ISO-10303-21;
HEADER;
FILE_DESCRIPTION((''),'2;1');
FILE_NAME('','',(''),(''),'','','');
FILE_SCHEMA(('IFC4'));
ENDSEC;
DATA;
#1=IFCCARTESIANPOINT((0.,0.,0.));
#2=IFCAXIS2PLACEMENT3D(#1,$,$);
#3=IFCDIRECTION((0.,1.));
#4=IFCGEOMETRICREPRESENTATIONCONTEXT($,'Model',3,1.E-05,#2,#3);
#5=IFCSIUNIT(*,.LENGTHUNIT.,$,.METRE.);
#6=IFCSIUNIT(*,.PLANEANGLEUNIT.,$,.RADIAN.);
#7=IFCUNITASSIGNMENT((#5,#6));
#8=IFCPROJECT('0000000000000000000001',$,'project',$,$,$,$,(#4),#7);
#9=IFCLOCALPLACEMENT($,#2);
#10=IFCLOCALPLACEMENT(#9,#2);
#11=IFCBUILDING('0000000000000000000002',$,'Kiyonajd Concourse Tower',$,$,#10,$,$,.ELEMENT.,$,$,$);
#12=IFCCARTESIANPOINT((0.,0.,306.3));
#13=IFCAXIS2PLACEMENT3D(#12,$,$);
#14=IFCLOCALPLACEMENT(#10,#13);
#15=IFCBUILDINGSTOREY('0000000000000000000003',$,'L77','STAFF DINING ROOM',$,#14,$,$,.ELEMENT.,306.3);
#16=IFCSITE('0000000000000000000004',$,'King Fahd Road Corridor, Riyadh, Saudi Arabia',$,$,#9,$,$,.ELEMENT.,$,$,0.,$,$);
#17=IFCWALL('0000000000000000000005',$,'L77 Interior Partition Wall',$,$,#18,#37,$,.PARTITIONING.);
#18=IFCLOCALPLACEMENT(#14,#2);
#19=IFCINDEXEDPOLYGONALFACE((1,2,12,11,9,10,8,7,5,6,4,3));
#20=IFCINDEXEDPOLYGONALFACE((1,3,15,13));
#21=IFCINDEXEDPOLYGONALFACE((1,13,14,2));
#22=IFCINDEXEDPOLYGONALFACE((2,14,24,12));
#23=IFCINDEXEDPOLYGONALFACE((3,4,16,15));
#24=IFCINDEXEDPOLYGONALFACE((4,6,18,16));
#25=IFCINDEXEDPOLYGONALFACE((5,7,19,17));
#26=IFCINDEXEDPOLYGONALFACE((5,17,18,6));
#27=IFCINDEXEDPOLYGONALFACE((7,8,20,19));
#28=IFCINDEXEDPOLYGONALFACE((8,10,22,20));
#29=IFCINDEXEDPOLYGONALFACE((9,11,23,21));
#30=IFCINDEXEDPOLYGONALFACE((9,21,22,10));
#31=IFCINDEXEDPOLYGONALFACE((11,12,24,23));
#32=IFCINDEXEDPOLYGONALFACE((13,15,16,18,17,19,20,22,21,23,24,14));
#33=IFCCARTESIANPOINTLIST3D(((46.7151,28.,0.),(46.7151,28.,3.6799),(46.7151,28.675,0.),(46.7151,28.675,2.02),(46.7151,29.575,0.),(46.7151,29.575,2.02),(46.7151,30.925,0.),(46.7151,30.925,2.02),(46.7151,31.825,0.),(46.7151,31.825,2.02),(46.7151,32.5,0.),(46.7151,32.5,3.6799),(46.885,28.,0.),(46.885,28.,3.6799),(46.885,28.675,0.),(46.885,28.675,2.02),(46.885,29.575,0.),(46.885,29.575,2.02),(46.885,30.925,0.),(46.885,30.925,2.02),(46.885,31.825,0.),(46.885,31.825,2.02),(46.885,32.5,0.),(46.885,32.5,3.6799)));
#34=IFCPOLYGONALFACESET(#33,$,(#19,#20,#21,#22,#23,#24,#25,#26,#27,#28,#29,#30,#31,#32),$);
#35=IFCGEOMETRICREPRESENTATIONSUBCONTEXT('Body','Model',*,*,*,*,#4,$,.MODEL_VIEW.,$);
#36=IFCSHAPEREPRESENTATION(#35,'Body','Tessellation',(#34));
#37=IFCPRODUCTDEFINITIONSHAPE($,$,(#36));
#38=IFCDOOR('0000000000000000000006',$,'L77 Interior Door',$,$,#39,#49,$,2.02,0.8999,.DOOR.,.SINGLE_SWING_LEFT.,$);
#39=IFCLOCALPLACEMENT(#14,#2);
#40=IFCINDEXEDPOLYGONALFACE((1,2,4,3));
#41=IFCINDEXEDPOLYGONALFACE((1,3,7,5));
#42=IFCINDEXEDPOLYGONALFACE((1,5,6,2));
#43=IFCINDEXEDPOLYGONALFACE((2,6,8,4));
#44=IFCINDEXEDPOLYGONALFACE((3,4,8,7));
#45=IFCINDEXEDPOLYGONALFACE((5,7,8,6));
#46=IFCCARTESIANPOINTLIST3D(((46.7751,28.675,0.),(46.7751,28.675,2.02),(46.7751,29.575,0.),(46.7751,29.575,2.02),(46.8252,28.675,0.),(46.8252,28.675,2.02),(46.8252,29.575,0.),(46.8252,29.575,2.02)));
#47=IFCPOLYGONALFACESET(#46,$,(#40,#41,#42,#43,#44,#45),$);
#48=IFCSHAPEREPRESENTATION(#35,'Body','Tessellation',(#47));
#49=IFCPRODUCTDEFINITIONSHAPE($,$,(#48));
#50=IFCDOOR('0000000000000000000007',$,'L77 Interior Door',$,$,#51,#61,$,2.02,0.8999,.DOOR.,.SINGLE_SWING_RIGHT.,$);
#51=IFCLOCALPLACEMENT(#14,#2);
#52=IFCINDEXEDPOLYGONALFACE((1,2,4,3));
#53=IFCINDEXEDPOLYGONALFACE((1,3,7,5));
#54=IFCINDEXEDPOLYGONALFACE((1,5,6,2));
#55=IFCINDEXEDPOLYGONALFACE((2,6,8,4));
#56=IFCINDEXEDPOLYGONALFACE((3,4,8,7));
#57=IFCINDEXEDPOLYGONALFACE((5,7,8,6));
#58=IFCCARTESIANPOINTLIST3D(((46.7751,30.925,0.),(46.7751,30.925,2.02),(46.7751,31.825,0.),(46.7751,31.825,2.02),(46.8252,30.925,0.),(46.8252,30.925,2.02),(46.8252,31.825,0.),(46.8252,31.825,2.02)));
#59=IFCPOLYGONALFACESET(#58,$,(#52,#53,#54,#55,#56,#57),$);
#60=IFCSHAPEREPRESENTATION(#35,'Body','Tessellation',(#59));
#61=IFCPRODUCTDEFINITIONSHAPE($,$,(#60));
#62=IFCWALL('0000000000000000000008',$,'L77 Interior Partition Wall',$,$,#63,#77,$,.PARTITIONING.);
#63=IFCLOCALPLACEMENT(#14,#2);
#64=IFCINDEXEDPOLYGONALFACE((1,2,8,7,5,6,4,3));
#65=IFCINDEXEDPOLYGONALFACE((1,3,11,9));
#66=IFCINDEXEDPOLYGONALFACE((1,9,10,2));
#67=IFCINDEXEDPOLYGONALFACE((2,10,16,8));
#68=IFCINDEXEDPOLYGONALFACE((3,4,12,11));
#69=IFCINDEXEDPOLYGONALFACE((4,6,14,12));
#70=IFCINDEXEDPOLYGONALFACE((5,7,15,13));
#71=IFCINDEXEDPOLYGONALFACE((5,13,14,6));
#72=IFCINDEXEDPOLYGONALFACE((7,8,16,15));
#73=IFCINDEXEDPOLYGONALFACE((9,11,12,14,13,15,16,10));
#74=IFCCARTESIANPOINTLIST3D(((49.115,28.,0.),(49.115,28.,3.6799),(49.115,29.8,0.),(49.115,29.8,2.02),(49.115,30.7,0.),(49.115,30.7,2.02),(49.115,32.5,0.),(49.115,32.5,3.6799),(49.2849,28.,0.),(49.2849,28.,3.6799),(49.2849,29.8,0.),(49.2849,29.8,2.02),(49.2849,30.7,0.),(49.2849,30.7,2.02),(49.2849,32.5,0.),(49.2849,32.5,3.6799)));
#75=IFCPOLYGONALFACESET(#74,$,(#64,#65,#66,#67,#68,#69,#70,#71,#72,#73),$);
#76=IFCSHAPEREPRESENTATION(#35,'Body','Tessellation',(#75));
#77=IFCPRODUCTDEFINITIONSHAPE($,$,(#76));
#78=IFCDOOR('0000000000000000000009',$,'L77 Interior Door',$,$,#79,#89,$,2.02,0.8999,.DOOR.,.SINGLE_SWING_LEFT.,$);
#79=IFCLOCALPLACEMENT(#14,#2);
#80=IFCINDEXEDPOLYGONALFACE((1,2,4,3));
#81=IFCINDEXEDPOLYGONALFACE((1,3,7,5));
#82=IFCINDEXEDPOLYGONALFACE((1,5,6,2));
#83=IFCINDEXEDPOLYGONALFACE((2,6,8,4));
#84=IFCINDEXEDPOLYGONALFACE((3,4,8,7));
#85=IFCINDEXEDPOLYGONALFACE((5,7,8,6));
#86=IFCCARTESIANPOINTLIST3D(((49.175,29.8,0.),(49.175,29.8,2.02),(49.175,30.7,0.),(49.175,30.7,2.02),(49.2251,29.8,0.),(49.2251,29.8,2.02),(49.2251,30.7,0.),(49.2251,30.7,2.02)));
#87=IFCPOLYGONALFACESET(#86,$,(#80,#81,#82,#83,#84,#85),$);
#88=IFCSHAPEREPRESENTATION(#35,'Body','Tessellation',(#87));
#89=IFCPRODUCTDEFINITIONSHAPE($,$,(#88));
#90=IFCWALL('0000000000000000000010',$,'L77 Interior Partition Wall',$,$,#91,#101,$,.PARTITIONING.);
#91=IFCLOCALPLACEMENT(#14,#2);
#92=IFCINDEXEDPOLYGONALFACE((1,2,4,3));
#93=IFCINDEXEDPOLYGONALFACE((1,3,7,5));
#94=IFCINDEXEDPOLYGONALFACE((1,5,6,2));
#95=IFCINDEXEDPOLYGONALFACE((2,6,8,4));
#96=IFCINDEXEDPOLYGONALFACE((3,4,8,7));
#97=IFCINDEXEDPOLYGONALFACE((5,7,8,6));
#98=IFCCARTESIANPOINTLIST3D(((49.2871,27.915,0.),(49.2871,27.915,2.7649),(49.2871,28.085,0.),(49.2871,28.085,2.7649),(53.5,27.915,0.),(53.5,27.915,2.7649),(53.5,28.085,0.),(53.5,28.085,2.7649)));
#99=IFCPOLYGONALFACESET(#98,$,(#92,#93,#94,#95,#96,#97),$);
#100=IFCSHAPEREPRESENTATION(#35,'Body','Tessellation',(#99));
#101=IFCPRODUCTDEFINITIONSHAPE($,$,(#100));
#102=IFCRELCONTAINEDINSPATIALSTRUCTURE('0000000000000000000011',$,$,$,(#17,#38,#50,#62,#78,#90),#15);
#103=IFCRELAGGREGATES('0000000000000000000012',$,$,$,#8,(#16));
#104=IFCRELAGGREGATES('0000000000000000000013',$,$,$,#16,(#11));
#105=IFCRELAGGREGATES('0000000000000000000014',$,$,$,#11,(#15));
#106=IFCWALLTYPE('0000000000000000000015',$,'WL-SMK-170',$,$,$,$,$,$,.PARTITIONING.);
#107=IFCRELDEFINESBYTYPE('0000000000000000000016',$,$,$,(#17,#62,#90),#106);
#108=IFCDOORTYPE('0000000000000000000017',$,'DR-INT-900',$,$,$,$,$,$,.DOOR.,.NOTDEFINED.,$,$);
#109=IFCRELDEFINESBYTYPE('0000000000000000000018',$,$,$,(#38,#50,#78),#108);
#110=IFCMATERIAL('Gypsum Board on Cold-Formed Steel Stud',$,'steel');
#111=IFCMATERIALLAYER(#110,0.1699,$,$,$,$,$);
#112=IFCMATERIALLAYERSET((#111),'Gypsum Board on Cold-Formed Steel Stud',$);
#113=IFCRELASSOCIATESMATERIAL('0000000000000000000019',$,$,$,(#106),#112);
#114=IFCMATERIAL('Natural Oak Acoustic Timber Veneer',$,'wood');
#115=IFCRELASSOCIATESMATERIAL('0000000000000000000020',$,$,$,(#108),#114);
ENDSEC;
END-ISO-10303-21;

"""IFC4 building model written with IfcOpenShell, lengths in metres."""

from ifc_helpers import new_model, si_unit, direction, frame, frame_2d, origin, place, context, subcontext, project, spatial, rectangle, extrude, material, layer, layer_set, type_object, element, fill, save


model = new_model("IFC4")

# Units and contexts
model_context = context("Model", 3, precision=1e-05, world=origin(), true_north=direction((0.0, 1.0)))
body_context = subcontext(model_context, "Body", "Model", "MODEL_VIEW")
ifc_project = project(units=[si_unit("LENGTHUNIT", "METRE"), si_unit("PLANEANGLEUNIT", "RADIAN")], contexts=[model_context])

# Site, building, storey
site_placement = place(None, origin())
site = spatial("IfcSite", under=ifc_project, at=site_placement, Name="King Fahd Road Corridor, Riyadh, Saudi Arabia", CompositionType="ELEMENT", RefElevation=0.0)
building_placement = place(site_placement, origin())
building = spatial("IfcBuilding", under=site, at=building_placement, Name="Kiyonajd Concourse Tower", CompositionType="ELEMENT")
storey_placement = place(building_placement, frame((0.0, 0.0, 306.3)))
storey = spatial("IfcBuildingStorey", under=building, at=storey_placement, Name="L77", Description="STAFF DINING ROOM", CompositionType="ELEMENT", Elevation=306.3)

# Shared definitions
ifc_material_1 = material(Name="Gypsum Board on Cold-Formed Steel Stud", Category="steel")
ifc_layer = layer(ifc_material_1, 0.1699)
ifc_layer_set = layer_set([ifc_layer], Name="Gypsum Board on Cold-Formed Steel Stud")
wall_type = type_object("IfcWallType", Name="WL-SMK-170", PredefinedType="PARTITIONING", material=ifc_layer_set)
ifc_material_2 = material(Name="Natural Oak Acoustic Timber Veneer", Category="wood")
door_type = type_object("IfcDoorType", Name="DR-INT-900", OperationType="NOTDEFINED", PredefinedType="DOOR", material=ifc_material_2)

# Wall, openings, doors
wall_1_placement = place(storey_placement, frame((46.8, 28.0, 0.0), z_axis=(0.0, 0.0, 1.0), x_axis=(0.0, 1.0, 0.0)))
wall_1 = element("IfcWall", 1, at=wall_1_placement, inside=storey, type_object=wall_type, Name="L77 Interior Partition Wall", PredefinedType="PARTITIONING", context=body_context, shape_type="SweptSolid", body=[
    extrude(rectangle(XDim=4.5, YDim=0.1699, at=frame_2d((2.25, 0.0))), origin(), (0.0, 0.0, 1.0), 3.6799),
])
opening_1_placement = place(wall_1_placement, frame((0.675, 0.0, 0.0)))
opening_1 = element("IfcOpeningElement", 2, at=opening_1_placement, cuts=wall_1, PredefinedType="OPENING", context=body_context, shape_type="SweptSolid", body=[
    extrude(rectangle(XDim=0.8999, YDim=2.02, at=frame_2d((0.45, 1.01))), frame((0.0, 0.095, 0.0), z_axis=(0.0, -1.0, 0.0), x_axis=(1.0, 0.0, 0.0)), (0.0, 0.0, 1.0), 0.1899),
])
opening_2_placement = place(wall_1_placement, frame((2.925, 0.0, 0.0)))
opening_2 = element("IfcOpeningElement", 3, at=opening_2_placement, cuts=wall_1, PredefinedType="OPENING", context=body_context, shape_type="SweptSolid", body=[
    extrude(rectangle(XDim=0.8999, YDim=2.02, at=frame_2d((0.45, 1.01))), frame((0.0, 0.095, 0.0), z_axis=(0.0, -1.0, 0.0), x_axis=(1.0, 0.0, 0.0)), (0.0, 0.0, 1.0), 0.1899),
])
door_1_placement = place(opening_1_placement, origin())
door_1 = element("IfcDoor", 4, at=door_1_placement, inside=storey, type_object=door_type, Name="L77 Interior Door", OperationType="SINGLE_SWING_LEFT", OverallHeight=2.02, OverallWidth=0.8999, PredefinedType="DOOR", context=body_context, shape_type="SweptSolid", body=[
    extrude(rectangle(XDim=0.8999, YDim=2.02, at=frame_2d((0.45, 1.01))), frame((0.0, 0.0249, 0.0), z_axis=(0.0, -1.0, 0.0), x_axis=(1.0, 0.0, 0.0)), (0.0, 0.0, 1.0), 0.05),
])
fill(opening_1, door_1)
door_2_placement = place(opening_2_placement, origin())
door_2 = element("IfcDoor", 5, at=door_2_placement, inside=storey, type_object=door_type, Name="L77 Interior Door", OperationType="SINGLE_SWING_RIGHT", OverallHeight=2.02, OverallWidth=0.8999, PredefinedType="DOOR", context=body_context, shape_type="SweptSolid", body=[
    extrude(rectangle(XDim=0.8999, YDim=2.02, at=frame_2d((0.45, 1.01))), frame((0.0, 0.0249, 0.0), z_axis=(0.0, -1.0, 0.0), x_axis=(1.0, 0.0, 0.0)), (0.0, 0.0, 1.0), 0.05),
])
fill(opening_2, door_2)

# Wall, opening, door
wall_2_placement = place(storey_placement, frame((49.2, 28.0, 0.0), z_axis=(0.0, 0.0, 1.0), x_axis=(0.0, 1.0, 0.0)))
wall_2 = element("IfcWall", 6, at=wall_2_placement, inside=storey, type_object=wall_type, Name="L77 Interior Partition Wall", PredefinedType="PARTITIONING", context=body_context, shape_type="SweptSolid", body=[
    extrude(rectangle(XDim=4.5, YDim=0.1699, at=frame_2d((2.25, 0.0))), origin(), (0.0, 0.0, 1.0), 3.6799),
])
opening_3_placement = place(wall_2_placement, frame((1.8, 0.0, 0.0)))
opening_3 = element("IfcOpeningElement", 7, at=opening_3_placement, cuts=wall_2, PredefinedType="OPENING", context=body_context, shape_type="SweptSolid", body=[
    extrude(rectangle(XDim=0.8999, YDim=2.02, at=frame_2d((0.45, 1.01))), frame((0.0, 0.095, 0.0), z_axis=(0.0, -1.0, 0.0), x_axis=(1.0, 0.0, 0.0)), (0.0, 0.0, 1.0), 0.1899),
])
door_3_placement = place(opening_3_placement, origin())
door_3 = element("IfcDoor", 8, at=door_3_placement, inside=storey, type_object=door_type, Name="L77 Interior Door", OperationType="SINGLE_SWING_LEFT", OverallHeight=2.02, OverallWidth=0.8999, PredefinedType="DOOR", context=body_context, shape_type="SweptSolid", body=[
    extrude(rectangle(XDim=0.8999, YDim=2.02, at=frame_2d((0.45, 1.01))), frame((0.0, 0.0249, 0.0), z_axis=(0.0, -1.0, 0.0), x_axis=(1.0, 0.0, 0.0)), (0.0, 0.0, 1.0), 0.05),
])
fill(opening_3, door_3)

# Wall
wall_3_placement = place(storey_placement, frame((49.2871, 28.0, 0.0), z_axis=(0.0, 0.0, 1.0), x_axis=(1.0, 0.0, 0.0)))
element("IfcWall", 9, at=wall_3_placement, inside=storey, type_object=wall_type, Name="L77 Interior Partition Wall", PredefinedType="PARTITIONING", context=body_context, shape_type="SweptSolid", body=[
    extrude(rectangle(XDim=4.2129, YDim=0.1699, at=frame_2d((2.1064, 0.0))), origin(), (0.0, 0.0, 1.0), 2.7649),
])

save(model, "model.ifc")
